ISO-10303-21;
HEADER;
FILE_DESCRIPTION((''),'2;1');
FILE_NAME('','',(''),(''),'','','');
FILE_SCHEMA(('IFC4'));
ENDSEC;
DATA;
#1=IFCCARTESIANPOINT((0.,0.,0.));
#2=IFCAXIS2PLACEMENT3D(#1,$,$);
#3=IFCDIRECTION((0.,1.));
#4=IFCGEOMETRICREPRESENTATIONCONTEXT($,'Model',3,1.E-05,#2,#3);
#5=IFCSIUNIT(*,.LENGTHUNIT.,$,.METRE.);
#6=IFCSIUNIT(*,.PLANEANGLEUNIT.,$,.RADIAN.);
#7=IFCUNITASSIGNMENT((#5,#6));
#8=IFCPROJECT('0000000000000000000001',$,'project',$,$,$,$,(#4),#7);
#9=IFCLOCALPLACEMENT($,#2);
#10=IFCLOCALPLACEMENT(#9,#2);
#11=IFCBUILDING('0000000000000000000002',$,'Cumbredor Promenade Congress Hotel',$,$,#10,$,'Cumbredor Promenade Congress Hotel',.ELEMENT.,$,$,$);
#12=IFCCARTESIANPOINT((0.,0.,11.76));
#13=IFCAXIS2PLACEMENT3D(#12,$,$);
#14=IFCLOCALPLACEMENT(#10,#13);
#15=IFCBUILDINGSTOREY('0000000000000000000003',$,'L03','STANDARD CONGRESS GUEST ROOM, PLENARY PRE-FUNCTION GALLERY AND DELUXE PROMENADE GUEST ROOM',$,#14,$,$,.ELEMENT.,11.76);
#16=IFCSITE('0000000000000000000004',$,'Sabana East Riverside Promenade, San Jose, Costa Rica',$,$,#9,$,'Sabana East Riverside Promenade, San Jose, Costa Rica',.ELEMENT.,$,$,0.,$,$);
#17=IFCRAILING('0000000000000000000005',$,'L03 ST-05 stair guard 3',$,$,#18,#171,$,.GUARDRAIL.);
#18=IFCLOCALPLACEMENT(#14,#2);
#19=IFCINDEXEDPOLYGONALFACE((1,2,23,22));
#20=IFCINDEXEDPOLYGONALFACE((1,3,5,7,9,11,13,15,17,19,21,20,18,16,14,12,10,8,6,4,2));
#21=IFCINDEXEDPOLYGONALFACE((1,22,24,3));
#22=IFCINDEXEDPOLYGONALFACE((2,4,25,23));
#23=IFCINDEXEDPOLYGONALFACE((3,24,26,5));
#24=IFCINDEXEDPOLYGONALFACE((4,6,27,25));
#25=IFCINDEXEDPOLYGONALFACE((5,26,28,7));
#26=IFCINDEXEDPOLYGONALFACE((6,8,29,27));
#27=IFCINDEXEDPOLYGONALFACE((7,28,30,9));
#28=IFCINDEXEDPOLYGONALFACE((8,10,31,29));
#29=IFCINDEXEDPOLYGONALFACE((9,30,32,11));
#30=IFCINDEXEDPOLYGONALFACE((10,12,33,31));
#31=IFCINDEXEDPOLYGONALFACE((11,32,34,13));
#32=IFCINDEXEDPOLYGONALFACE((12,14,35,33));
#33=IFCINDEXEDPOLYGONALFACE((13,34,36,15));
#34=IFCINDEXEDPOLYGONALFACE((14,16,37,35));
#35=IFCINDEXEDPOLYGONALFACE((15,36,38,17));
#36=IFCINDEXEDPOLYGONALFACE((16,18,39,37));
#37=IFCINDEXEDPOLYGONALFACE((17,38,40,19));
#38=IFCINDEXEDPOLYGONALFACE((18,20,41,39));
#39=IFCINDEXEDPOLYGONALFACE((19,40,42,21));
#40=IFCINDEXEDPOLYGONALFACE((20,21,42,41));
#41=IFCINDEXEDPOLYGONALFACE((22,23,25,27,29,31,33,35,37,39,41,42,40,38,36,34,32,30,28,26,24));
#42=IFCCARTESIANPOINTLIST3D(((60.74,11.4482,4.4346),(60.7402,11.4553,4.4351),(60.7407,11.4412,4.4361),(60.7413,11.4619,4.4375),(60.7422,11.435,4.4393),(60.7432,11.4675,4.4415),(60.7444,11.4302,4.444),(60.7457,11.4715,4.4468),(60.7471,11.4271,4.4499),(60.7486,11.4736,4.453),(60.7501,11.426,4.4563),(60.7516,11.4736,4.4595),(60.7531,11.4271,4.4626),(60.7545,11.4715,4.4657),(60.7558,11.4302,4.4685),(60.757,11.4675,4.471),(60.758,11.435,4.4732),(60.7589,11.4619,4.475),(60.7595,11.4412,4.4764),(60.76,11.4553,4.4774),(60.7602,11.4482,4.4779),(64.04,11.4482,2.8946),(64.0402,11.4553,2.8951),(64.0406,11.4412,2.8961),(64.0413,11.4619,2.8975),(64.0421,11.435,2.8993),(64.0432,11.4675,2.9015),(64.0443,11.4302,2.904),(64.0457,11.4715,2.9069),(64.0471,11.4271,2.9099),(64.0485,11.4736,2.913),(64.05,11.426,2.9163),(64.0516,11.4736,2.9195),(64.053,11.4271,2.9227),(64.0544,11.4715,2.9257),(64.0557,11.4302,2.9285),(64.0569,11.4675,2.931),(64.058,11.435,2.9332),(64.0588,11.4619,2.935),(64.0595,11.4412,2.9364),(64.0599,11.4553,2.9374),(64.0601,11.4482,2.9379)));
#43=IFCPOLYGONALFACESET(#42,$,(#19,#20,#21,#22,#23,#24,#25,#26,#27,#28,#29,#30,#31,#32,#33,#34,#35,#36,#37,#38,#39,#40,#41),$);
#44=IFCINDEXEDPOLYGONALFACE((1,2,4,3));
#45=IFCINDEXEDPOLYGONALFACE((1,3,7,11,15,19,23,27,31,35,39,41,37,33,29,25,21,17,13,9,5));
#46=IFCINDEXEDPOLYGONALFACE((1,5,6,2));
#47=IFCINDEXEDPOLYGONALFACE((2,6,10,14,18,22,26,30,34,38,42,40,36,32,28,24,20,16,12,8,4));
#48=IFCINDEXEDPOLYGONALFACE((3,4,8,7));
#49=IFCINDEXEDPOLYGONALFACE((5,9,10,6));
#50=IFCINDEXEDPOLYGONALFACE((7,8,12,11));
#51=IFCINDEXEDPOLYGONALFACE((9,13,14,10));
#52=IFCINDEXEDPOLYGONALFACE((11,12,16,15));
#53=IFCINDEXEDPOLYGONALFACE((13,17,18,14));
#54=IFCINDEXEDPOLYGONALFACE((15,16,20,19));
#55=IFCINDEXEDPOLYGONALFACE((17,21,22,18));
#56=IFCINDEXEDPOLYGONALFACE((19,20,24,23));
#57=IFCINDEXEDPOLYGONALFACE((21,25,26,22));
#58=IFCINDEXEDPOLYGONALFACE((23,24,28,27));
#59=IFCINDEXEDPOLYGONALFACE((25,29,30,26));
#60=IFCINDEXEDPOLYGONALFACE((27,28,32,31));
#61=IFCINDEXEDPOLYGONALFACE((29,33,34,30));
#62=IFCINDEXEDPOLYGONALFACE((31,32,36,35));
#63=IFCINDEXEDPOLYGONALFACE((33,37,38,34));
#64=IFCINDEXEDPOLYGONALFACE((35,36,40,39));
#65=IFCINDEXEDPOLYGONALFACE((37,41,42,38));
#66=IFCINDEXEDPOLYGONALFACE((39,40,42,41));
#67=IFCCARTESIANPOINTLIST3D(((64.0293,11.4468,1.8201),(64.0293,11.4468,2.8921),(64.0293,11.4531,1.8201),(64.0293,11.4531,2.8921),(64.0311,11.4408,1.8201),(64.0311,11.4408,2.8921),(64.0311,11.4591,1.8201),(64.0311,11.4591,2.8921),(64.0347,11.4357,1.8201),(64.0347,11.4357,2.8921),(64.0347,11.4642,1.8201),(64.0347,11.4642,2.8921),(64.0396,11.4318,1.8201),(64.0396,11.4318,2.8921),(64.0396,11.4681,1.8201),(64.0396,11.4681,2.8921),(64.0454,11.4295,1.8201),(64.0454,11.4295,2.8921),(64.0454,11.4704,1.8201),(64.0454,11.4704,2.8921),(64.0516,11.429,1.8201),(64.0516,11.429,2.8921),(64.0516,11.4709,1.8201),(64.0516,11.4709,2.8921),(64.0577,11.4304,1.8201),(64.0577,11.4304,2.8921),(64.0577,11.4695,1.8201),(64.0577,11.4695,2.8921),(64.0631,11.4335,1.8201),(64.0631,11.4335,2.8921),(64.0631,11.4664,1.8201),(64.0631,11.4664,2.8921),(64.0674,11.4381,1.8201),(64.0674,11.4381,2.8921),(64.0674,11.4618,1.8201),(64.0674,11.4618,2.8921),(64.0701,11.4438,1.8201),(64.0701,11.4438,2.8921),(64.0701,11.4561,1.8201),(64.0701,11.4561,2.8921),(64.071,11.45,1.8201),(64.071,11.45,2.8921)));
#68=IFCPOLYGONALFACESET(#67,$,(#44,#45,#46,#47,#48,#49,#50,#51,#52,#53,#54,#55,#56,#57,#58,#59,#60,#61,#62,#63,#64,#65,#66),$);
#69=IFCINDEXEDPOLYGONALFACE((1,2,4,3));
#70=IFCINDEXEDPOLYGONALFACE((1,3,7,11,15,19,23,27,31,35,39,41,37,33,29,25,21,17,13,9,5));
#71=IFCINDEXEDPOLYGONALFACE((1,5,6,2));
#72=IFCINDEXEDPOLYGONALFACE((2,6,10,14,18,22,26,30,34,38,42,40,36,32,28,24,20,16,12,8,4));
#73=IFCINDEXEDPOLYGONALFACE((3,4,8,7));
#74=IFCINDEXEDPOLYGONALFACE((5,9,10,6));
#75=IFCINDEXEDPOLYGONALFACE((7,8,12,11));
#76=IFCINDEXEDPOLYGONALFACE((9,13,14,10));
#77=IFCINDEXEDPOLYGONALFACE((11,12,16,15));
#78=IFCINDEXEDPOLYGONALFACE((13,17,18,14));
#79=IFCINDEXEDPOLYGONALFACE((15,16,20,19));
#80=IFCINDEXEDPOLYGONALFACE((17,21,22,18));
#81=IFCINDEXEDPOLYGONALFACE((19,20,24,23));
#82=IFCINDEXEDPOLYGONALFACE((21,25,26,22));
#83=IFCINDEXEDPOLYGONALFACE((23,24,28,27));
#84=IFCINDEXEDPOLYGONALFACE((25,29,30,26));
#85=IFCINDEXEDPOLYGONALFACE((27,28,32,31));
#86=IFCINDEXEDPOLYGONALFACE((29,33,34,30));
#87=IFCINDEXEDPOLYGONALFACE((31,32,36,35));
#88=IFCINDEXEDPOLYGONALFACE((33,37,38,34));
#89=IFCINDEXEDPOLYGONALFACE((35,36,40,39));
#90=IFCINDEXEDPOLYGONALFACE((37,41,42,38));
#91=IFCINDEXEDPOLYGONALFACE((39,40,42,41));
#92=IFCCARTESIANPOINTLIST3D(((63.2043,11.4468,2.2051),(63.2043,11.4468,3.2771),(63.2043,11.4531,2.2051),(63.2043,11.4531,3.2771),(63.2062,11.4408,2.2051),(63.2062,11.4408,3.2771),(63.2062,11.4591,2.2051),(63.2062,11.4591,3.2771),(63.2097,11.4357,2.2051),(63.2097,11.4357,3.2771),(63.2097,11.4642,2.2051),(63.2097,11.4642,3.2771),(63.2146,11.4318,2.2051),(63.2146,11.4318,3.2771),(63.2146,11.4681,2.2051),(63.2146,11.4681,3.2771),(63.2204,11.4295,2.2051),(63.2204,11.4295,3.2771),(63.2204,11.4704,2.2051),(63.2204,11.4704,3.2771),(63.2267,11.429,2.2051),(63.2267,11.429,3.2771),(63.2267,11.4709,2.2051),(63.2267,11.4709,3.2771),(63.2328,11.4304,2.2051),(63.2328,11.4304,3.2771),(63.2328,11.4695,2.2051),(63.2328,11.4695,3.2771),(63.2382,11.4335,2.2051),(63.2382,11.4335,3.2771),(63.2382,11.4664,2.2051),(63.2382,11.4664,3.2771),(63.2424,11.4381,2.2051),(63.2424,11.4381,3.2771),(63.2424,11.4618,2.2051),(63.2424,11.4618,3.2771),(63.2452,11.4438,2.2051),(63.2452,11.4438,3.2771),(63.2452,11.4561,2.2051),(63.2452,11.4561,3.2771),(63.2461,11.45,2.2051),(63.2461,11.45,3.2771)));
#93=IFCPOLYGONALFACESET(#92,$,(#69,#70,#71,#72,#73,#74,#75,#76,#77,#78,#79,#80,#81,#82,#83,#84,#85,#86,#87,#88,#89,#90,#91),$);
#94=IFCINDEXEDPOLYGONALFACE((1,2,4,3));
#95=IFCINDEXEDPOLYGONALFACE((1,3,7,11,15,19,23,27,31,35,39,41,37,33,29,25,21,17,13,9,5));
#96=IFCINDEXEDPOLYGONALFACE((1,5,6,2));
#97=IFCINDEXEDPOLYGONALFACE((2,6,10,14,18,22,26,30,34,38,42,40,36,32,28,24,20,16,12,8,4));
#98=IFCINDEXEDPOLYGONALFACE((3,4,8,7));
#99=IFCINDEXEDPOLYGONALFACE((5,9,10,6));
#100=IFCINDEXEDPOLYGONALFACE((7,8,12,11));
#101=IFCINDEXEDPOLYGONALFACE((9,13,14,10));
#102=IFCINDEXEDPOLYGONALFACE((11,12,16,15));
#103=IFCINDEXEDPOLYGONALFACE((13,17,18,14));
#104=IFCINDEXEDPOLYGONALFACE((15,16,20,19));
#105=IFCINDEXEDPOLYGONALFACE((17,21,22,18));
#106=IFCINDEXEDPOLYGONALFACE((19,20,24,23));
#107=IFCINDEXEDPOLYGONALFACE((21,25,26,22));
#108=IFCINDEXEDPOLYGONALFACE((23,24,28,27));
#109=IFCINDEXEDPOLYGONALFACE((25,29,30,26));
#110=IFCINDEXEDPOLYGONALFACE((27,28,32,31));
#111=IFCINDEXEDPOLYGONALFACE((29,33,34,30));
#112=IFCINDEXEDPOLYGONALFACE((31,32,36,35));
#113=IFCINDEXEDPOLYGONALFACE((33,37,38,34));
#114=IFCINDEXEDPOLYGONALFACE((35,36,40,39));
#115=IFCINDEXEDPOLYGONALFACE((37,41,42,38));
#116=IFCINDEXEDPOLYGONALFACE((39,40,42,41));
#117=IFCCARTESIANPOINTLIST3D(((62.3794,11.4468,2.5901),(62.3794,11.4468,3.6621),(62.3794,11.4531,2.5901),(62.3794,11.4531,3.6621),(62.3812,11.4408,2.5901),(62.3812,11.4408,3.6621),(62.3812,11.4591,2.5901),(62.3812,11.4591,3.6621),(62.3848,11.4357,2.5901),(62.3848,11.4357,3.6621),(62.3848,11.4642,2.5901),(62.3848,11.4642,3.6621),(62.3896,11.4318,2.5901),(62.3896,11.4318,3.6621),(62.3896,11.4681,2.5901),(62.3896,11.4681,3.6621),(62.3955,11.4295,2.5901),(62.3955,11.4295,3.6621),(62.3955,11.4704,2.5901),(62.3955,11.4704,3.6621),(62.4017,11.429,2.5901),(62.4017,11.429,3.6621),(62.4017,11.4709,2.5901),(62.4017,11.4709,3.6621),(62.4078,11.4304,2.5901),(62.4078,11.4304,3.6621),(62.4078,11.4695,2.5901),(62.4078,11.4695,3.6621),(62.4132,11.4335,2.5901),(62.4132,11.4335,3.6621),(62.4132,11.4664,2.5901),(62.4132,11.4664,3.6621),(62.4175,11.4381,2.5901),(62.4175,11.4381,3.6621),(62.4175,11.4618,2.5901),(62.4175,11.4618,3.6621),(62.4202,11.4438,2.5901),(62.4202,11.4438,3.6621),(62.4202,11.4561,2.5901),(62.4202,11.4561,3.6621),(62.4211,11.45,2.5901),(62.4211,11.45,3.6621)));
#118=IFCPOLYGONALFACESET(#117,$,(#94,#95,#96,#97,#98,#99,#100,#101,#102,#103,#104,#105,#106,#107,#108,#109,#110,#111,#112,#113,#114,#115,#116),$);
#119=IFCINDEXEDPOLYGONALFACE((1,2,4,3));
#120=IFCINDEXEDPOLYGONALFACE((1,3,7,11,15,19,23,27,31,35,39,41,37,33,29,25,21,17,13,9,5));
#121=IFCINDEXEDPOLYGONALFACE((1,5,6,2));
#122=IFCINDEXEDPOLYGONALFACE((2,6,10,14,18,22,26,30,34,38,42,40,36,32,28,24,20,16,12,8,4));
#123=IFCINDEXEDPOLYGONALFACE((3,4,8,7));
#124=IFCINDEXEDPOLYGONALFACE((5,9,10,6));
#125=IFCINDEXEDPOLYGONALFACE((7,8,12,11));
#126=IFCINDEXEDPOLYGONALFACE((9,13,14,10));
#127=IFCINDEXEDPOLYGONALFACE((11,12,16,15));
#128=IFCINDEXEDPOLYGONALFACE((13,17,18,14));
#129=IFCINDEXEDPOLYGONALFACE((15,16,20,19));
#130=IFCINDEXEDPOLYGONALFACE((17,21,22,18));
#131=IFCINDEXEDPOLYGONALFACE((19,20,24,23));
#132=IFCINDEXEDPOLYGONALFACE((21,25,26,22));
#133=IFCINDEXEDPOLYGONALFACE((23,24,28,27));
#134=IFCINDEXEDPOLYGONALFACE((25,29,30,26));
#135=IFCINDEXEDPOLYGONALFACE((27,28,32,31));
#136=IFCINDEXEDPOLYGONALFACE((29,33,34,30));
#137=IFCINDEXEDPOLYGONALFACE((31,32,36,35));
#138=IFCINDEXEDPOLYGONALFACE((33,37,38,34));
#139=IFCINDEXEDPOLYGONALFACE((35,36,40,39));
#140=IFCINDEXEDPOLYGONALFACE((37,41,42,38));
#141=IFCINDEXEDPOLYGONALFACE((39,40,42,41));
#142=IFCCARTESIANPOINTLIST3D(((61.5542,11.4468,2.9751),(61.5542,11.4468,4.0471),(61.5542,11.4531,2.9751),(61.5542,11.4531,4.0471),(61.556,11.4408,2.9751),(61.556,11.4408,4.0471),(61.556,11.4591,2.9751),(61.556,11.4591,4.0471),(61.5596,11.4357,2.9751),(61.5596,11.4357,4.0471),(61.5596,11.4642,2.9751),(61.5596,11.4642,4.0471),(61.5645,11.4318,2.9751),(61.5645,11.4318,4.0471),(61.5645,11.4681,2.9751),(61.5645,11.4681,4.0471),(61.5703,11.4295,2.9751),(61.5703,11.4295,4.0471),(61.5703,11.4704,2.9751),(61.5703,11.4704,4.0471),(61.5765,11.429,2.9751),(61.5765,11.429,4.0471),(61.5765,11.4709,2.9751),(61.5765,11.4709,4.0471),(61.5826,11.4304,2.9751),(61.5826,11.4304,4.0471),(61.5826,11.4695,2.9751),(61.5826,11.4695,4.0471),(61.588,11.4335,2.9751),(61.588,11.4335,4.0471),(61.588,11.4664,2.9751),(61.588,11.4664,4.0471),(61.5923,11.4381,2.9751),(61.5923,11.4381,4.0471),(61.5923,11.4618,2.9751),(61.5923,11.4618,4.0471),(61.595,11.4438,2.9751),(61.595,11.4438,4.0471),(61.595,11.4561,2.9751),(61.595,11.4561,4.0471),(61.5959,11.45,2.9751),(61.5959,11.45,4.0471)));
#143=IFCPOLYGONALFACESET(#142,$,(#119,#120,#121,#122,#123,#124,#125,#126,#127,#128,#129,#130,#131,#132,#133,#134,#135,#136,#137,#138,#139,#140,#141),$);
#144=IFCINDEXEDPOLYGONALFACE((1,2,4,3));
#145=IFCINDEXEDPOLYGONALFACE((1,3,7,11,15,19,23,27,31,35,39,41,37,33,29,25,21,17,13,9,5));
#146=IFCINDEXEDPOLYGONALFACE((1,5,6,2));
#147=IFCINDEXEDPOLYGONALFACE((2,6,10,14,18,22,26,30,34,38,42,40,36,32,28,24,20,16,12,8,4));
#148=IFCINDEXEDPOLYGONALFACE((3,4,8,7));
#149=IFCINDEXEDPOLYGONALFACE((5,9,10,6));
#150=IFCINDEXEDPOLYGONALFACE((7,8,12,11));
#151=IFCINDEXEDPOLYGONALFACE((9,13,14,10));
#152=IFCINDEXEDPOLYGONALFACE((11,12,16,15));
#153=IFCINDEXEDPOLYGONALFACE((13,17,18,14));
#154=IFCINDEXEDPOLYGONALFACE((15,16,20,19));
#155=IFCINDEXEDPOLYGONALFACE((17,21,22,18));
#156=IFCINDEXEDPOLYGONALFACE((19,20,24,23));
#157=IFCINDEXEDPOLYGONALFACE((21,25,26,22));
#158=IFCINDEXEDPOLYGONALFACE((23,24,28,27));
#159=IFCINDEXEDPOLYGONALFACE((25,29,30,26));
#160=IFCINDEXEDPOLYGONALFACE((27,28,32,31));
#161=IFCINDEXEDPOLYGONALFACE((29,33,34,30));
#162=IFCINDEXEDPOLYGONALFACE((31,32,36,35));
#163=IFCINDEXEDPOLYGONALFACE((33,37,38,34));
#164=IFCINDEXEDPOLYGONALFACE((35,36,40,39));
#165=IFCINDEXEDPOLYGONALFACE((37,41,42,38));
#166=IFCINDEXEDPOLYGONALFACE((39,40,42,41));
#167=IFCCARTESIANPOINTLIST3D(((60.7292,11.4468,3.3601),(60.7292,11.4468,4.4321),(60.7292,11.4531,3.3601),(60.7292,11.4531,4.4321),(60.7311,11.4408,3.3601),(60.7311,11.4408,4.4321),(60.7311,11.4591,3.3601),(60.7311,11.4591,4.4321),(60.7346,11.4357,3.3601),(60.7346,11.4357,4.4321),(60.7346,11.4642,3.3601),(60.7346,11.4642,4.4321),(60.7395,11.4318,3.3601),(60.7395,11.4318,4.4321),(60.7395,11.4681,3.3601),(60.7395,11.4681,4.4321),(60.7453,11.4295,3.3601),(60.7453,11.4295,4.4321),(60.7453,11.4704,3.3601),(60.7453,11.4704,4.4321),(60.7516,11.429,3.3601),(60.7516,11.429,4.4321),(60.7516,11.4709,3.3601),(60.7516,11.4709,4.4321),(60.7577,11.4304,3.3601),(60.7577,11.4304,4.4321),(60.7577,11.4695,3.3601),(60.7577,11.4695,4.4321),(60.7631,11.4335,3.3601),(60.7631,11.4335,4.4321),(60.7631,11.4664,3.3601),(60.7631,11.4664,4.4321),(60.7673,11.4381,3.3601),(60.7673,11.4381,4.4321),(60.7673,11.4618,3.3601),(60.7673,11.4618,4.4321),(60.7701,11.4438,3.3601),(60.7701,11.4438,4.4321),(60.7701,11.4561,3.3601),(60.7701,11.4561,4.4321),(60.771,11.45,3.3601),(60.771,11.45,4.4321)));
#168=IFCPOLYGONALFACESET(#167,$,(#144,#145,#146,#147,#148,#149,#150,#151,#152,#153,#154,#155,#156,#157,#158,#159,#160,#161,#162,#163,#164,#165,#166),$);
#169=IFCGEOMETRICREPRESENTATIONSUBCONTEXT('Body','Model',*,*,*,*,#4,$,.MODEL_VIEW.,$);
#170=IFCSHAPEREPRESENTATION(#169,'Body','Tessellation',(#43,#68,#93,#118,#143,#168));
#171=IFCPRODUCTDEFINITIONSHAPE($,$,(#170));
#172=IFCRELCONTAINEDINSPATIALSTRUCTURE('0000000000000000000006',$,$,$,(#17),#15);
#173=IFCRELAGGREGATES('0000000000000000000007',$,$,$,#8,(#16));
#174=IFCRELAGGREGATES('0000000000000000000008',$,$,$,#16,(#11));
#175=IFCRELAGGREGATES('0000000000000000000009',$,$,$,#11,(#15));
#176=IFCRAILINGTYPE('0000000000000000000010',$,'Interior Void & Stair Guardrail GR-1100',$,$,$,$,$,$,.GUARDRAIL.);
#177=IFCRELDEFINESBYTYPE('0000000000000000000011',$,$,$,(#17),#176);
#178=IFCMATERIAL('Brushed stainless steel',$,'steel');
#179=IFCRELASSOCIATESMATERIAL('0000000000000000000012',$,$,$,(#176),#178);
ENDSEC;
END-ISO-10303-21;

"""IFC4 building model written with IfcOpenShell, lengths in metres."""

from ifc_helpers import new_model, si_unit, direction, frame, origin, origin_2d, place, context, subcontext, project, spatial, circle, extrude, material, type_object, element, save


model = new_model("IFC4")

# Units and contexts
model_context = context("Model", 3, precision=1e-05, world=origin(), true_north=direction((0.0, 1.0)))
body_context = subcontext(model_context, "Body", "Model", "MODEL_VIEW")
ifc_project = project(units=[si_unit("LENGTHUNIT", "METRE"), si_unit("PLANEANGLEUNIT", "RADIAN")], contexts=[model_context])

# Site, building, storey
site_placement = place(None, origin())
site = spatial("IfcSite", under=ifc_project, at=site_placement, Name="Sabana East Riverside Promenade, San Jose, Costa Rica", LongName="Sabana East Riverside Promenade, San Jose, Costa Rica", CompositionType="ELEMENT", RefElevation=0.0)
building_placement = place(site_placement, origin())
building = spatial("IfcBuilding", under=site, at=building_placement, Name="Cumbredor Promenade Congress Hotel", LongName="Cumbredor Promenade Congress Hotel", CompositionType="ELEMENT")
storey_placement = place(building_placement, frame((0.0, 0.0, 11.76)))
storey = spatial("IfcBuildingStorey", under=building, at=storey_placement, Name="L03", Description="STANDARD CONGRESS GUEST ROOM, PLENARY PRE-FUNCTION GALLERY AND DELUXE PROMENADE GUEST ROOM", CompositionType="ELEMENT", Elevation=11.76)

# Railing
ifc_material_1 = material(Name="Brushed stainless steel", Category="steel")
railing_type_1 = type_object("IfcRailingType", Name="Interior Void & Stair Guardrail GR-1100", PredefinedType="GUARDRAIL", material=ifc_material_1)
railing_1_placement = place(storey_placement, frame((64.05, 11.45, 1.8201)))
element("IfcRailing", 1, at=railing_1_placement, inside=storey, type_object=railing_type_1, Name="L03 ST-05 stair guard 3", PredefinedType="GUARDRAIL", context=body_context, shape_type="SweptSolid", body=[
    extrude(circle(Radius=0.0239, at=origin_2d()), frame((0.0, 0.0, 1.0962), z_axis=(-0.906181, 0.0, 0.422889), x_axis=(0.0, -1.0, 0.0)), (0.0, 0.0, 1.0), 3.6416),
    extrude(circle(Radius=0.021, at=origin_2d()), origin(), (0.0, 0.0, 1.0), 1.072),
    extrude(circle(Radius=0.021, at=origin_2d()), frame((-0.825, 0.0, 0.385)), (0.0, 0.0, 1.0), 1.072),
    extrude(circle(Radius=0.021, at=origin_2d()), frame((-1.6499, 0.0, 0.77)), (0.0, 0.0, 1.0), 1.072),
    extrude(circle(Radius=0.021, at=origin_2d()), frame((-2.4751, 0.0, 1.155)), (0.0, 0.0, 1.0), 1.072),
    extrude(circle(Radius=0.021, at=origin_2d()), frame((-3.3, 0.0, 1.54)), (0.0, 0.0, 1.0), 1.072),
])

save(model, "model.ifc")
